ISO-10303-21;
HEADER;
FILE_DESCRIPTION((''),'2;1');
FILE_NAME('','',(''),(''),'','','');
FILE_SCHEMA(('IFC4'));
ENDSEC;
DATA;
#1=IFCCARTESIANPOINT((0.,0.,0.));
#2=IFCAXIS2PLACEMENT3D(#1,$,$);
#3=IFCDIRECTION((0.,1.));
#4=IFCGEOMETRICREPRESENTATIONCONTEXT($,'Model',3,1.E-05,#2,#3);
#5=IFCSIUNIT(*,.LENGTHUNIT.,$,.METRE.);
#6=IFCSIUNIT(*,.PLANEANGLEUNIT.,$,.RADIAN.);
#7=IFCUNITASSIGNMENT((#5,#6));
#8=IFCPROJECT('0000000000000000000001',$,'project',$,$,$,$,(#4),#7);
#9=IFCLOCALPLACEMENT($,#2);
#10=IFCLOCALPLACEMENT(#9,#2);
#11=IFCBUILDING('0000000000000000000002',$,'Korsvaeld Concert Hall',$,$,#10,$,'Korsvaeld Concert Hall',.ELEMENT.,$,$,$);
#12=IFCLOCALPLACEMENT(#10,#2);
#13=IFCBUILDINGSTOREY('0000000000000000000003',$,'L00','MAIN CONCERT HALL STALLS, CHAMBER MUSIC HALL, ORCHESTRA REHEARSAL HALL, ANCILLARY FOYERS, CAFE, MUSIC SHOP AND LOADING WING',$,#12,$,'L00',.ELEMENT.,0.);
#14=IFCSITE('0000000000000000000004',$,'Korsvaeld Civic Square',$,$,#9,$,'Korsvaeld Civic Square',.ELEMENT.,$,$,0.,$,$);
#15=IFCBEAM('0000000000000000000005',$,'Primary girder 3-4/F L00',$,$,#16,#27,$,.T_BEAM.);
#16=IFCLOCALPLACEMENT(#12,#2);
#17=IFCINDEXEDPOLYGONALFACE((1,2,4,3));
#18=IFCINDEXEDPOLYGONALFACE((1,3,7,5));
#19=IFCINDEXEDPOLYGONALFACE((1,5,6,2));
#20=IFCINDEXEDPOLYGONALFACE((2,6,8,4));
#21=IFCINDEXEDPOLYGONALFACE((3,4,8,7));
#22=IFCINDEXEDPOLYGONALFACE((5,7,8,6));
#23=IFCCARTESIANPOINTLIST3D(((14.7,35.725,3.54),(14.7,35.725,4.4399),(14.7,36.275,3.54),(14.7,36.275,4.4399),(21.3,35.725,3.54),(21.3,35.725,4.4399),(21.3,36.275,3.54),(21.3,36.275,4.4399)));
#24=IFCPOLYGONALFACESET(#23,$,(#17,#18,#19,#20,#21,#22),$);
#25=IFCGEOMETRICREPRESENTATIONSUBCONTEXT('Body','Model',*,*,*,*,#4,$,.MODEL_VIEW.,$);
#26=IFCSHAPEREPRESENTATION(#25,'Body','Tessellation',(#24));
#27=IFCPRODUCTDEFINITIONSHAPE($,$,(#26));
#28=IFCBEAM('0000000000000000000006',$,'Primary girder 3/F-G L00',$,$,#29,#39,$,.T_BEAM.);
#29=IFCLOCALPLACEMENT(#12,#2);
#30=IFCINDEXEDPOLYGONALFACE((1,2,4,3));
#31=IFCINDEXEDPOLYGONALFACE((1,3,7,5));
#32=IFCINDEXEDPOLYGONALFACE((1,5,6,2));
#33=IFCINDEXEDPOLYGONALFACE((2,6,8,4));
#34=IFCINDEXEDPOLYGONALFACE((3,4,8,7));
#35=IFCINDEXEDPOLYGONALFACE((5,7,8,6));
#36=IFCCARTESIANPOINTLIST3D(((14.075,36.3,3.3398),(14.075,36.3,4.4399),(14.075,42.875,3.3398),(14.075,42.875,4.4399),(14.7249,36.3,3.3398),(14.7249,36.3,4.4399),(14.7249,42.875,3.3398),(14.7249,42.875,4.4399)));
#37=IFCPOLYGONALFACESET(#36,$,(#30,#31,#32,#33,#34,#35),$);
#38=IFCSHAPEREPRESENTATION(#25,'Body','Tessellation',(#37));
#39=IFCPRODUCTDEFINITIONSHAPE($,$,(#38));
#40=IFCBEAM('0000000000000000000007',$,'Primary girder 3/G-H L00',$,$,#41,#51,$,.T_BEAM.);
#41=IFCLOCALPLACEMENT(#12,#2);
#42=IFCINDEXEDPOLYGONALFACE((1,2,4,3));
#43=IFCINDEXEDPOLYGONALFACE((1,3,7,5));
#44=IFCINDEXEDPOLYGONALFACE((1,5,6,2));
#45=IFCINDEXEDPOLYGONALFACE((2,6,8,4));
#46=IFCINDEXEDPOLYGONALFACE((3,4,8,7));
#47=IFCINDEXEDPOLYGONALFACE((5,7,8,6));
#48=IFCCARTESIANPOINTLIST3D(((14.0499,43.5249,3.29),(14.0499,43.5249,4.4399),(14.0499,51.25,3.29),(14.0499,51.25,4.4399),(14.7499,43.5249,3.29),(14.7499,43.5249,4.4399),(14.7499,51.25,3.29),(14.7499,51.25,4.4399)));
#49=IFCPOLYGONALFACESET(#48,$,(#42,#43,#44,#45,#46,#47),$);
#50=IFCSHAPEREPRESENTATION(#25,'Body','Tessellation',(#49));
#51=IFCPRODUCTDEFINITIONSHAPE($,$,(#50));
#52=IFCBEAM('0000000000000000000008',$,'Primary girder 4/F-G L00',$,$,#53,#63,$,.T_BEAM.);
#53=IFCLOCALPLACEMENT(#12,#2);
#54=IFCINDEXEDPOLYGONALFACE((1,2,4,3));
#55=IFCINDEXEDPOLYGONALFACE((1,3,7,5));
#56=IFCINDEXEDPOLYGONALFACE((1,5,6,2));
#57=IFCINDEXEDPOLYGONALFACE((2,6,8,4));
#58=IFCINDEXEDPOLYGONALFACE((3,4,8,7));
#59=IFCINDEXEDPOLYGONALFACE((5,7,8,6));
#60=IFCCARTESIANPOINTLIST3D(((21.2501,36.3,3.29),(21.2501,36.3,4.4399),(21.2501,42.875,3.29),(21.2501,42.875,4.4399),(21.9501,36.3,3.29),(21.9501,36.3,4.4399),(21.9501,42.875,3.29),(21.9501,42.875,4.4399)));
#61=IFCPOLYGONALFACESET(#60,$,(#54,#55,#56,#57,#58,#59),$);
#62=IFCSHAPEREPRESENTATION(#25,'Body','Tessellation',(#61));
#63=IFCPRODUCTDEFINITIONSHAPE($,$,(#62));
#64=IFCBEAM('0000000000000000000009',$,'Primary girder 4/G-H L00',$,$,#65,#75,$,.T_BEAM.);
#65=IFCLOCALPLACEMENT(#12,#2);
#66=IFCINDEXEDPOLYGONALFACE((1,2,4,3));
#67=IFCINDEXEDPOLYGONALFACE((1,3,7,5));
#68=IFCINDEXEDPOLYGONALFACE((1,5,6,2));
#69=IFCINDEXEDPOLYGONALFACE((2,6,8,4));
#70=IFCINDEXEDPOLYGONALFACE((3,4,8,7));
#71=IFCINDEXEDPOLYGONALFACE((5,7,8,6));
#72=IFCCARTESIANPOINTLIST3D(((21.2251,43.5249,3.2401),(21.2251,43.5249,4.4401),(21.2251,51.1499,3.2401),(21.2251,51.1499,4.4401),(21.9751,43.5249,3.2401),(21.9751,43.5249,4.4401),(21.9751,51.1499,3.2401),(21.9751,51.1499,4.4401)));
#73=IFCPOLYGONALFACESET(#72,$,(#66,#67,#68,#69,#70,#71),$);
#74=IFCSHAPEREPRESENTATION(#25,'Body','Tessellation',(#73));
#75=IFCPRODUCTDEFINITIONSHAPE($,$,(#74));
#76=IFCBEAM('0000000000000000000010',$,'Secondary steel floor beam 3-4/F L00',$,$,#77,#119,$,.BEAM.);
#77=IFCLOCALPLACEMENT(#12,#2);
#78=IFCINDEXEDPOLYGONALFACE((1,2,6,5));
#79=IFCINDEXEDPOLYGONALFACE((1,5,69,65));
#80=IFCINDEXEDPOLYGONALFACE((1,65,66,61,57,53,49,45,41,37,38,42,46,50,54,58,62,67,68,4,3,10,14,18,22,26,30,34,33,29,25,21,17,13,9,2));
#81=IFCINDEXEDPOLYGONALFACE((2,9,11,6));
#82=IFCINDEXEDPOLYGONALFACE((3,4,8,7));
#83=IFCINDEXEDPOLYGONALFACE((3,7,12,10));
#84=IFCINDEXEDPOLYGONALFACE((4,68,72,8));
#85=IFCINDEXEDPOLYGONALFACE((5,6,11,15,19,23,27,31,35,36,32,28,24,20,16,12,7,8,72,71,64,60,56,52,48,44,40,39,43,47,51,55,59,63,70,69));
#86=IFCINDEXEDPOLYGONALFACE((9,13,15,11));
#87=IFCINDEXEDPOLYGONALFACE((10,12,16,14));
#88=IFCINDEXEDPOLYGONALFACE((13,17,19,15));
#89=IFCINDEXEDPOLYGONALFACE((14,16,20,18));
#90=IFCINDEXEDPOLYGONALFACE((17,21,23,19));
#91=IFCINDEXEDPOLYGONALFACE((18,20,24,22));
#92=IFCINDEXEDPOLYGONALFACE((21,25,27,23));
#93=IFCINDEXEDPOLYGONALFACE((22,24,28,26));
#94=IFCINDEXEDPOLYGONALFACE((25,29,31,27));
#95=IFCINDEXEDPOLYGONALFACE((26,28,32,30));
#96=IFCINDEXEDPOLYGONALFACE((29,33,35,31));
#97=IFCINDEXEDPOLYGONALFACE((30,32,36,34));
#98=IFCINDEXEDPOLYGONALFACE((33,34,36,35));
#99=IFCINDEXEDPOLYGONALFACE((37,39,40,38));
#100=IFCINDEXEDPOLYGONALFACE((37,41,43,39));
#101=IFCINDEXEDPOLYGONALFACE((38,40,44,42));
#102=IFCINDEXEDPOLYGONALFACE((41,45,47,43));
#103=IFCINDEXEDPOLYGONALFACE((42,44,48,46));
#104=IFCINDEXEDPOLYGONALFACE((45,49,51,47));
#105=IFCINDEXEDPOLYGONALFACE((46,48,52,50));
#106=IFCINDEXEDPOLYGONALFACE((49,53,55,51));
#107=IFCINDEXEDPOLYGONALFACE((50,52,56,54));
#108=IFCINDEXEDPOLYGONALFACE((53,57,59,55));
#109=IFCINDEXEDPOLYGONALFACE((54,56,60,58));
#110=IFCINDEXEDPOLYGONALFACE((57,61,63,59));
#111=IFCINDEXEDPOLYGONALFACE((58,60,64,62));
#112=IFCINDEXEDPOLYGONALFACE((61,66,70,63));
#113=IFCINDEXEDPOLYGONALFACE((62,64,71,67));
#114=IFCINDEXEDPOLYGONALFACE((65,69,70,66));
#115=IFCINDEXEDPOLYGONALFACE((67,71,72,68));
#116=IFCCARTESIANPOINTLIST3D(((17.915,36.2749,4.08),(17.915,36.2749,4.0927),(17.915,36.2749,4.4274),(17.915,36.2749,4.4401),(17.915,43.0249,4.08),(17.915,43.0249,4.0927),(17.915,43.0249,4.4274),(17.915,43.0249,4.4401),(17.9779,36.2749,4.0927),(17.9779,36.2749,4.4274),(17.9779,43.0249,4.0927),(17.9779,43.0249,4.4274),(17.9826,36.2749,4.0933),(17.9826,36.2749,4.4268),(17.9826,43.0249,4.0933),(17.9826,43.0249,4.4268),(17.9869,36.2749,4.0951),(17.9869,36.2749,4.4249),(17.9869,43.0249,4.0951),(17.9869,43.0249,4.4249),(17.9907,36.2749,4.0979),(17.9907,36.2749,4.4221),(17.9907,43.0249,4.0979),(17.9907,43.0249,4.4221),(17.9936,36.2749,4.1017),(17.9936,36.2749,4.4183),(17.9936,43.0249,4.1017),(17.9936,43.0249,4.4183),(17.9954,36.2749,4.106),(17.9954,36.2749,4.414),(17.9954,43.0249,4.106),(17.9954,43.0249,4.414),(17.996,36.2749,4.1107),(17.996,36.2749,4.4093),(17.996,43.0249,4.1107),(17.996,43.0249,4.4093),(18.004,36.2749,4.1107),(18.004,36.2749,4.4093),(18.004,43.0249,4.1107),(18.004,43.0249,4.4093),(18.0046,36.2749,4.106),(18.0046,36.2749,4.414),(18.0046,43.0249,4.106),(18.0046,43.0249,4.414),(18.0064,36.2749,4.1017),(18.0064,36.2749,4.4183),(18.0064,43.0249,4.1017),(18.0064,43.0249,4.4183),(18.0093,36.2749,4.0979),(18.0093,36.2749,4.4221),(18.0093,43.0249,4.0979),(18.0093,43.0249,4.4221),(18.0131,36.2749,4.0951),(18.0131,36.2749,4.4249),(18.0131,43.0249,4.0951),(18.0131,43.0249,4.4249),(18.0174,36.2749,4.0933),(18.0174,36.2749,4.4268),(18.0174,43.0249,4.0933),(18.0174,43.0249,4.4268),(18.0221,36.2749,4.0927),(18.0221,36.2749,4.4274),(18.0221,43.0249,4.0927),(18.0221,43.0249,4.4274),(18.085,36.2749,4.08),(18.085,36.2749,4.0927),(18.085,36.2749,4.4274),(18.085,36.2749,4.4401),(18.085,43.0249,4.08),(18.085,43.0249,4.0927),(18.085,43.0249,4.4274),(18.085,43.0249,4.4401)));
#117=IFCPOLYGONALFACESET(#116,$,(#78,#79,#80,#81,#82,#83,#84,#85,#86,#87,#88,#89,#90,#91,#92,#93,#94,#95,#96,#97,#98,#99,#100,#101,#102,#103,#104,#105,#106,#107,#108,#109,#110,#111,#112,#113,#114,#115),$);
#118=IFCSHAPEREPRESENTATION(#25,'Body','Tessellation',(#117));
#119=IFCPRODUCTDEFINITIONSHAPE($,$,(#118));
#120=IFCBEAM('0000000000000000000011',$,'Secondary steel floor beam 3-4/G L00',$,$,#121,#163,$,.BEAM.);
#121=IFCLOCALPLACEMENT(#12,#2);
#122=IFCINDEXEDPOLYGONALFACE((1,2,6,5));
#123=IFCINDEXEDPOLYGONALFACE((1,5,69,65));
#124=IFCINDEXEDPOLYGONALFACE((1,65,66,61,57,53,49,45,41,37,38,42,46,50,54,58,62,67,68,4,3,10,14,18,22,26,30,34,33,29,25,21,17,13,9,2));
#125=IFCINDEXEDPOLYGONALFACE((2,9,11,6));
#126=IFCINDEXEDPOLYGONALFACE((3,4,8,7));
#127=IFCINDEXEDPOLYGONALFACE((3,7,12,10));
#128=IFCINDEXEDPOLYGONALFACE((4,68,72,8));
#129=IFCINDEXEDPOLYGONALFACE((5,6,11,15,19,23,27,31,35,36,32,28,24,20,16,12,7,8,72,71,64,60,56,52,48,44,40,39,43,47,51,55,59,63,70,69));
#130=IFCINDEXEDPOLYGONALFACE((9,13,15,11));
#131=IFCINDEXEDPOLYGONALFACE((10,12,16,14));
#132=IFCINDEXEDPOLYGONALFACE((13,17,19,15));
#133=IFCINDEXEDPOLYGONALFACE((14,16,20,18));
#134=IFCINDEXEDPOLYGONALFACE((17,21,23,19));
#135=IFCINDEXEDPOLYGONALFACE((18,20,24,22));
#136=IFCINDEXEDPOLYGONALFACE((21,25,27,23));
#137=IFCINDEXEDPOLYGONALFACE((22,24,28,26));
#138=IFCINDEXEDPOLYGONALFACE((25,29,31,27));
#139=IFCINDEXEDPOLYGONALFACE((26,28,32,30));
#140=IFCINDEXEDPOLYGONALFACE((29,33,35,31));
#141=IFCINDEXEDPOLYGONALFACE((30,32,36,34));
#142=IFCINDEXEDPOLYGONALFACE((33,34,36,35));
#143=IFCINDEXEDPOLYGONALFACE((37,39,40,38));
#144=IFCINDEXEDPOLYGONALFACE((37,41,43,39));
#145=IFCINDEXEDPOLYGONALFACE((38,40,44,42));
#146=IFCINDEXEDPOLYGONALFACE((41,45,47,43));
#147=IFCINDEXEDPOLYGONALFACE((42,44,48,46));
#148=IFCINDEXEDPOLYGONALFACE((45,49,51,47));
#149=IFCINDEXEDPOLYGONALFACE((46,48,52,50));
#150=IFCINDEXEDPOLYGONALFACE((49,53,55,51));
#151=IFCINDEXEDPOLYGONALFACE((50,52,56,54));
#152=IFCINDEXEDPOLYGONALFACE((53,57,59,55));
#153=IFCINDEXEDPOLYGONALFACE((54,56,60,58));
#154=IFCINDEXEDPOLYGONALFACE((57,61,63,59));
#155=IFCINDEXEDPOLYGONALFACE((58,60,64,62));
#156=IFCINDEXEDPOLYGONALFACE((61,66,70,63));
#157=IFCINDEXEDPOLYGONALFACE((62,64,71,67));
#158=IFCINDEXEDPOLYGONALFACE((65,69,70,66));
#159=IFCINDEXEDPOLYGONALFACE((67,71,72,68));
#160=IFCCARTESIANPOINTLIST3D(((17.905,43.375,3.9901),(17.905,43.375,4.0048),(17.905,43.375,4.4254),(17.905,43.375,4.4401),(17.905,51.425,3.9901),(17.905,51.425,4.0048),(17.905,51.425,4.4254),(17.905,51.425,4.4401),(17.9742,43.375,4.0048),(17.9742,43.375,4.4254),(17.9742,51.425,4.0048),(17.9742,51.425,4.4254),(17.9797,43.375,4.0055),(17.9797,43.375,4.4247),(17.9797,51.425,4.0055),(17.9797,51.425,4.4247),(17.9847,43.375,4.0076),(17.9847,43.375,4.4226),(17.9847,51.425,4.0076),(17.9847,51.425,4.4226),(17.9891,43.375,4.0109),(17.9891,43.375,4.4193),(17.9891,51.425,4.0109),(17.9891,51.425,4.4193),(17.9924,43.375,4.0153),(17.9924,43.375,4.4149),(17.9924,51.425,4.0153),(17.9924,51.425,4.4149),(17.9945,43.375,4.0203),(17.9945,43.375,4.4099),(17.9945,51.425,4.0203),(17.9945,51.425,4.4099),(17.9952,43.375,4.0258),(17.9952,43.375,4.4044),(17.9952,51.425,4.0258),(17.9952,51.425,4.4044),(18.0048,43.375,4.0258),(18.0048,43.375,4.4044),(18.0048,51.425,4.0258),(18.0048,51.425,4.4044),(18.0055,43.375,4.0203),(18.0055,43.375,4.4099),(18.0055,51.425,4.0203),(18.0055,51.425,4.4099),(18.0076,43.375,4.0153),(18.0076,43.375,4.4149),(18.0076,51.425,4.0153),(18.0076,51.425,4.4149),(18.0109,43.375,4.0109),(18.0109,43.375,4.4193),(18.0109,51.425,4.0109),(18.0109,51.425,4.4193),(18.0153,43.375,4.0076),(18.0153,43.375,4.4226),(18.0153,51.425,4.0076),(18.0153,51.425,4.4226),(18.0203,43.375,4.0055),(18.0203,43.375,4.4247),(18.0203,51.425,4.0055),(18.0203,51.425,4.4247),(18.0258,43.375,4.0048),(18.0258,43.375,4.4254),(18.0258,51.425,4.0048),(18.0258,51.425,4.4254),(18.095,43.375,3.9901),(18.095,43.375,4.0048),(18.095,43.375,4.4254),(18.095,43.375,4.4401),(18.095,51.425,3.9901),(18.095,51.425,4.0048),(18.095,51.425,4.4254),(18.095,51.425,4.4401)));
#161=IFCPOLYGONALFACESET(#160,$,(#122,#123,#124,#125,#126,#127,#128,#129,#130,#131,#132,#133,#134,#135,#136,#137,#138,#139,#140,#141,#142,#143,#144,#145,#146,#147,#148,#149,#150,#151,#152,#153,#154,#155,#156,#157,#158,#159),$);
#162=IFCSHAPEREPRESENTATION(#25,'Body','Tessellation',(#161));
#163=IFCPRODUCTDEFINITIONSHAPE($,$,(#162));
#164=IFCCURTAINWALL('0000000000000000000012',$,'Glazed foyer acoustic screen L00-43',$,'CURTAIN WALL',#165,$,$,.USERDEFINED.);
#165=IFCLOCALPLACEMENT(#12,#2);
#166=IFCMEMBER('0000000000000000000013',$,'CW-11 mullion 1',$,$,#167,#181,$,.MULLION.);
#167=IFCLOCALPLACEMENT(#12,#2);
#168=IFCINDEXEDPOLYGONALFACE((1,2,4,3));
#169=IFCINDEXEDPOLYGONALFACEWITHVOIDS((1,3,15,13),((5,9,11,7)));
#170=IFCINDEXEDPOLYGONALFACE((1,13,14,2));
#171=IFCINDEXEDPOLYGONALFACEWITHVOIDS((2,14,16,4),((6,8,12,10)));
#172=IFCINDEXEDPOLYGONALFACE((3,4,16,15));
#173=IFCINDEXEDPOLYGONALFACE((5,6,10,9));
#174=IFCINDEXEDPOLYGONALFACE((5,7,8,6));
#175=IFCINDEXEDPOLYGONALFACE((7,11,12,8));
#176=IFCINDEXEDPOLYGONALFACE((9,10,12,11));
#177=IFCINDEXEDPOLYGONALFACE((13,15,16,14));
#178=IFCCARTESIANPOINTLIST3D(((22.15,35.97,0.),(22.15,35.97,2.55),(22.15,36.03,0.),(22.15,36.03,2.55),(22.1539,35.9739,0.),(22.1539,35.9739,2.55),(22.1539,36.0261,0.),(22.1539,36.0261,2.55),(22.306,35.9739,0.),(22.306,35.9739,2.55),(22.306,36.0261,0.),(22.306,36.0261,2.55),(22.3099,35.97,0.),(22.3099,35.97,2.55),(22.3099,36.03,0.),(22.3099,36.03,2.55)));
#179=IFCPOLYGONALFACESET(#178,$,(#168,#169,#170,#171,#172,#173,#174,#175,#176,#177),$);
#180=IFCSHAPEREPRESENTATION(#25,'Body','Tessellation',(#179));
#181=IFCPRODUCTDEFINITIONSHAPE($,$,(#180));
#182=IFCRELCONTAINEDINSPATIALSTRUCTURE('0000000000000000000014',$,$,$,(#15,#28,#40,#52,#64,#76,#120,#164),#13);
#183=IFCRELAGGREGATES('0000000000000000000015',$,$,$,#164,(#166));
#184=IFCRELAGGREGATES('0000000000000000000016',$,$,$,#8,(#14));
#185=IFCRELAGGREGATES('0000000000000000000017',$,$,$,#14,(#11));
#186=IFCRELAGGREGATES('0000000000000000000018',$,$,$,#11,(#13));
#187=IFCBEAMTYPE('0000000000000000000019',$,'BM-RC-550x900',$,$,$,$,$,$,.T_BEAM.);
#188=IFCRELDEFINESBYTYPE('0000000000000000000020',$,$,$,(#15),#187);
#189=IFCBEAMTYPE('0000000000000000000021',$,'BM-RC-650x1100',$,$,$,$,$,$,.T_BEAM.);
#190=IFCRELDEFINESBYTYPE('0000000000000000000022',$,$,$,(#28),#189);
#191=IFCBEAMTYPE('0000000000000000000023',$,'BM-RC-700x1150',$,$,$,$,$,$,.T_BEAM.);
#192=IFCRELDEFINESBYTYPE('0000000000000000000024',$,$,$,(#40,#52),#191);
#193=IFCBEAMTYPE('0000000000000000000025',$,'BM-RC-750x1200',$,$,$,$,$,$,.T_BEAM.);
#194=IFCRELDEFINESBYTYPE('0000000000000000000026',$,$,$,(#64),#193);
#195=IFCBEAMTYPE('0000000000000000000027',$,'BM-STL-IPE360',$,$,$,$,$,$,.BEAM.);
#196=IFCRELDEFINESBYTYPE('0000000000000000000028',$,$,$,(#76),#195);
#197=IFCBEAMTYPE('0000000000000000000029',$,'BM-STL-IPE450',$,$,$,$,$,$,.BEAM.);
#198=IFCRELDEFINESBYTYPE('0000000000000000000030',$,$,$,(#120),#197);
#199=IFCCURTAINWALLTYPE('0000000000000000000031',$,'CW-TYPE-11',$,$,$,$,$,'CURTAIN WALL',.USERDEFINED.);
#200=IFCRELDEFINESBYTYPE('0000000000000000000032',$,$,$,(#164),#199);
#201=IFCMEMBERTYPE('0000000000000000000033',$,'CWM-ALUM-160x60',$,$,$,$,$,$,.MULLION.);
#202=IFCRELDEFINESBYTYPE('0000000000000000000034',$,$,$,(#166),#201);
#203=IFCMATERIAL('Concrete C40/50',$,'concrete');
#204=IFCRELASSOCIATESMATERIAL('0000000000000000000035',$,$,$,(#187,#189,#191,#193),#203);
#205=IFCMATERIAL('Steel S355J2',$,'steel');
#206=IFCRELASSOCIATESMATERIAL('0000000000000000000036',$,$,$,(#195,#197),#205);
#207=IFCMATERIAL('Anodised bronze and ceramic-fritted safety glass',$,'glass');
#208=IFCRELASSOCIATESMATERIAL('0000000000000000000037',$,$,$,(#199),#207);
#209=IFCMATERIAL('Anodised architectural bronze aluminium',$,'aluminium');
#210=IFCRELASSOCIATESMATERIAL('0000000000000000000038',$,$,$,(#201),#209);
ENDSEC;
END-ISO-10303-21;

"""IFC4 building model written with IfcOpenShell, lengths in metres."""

from ifc_helpers import new_model, si_unit, direction, frame, origin, origin_2d, place, context, subcontext, project, spatial, rectangle, hollow_rectangle, i_section, extrude, material, material_profile, profile_set, type_object, element, aggregate, save


model = new_model("IFC4")

# Units and contexts
model_context = context("Model", 3, precision=1e-05, world=origin(), true_north=direction((0.0, 1.0)))
body_context = subcontext(model_context, "Body", "Model", "MODEL_VIEW")
ifc_project = project(units=[si_unit("LENGTHUNIT", "METRE"), si_unit("PLANEANGLEUNIT", "RADIAN")], contexts=[model_context])

# Site, building, storey
site_placement = place(None, origin())
site = spatial("IfcSite", under=ifc_project, at=site_placement, Name="Korsvaeld Civic Square", LongName="Korsvaeld Civic Square", CompositionType="ELEMENT", RefElevation=0.0)
building_placement = place(site_placement, origin())
building = spatial("IfcBuilding", under=site, at=building_placement, Name="Korsvaeld Concert Hall", LongName="Korsvaeld Concert Hall", CompositionType="ELEMENT")
storey_placement = place(building_placement, origin())
storey = spatial("IfcBuildingStorey", under=building, at=storey_placement, Name="L00", Description="MAIN CONCERT HALL STALLS, CHAMBER MUSIC HALL, ORCHESTRA REHEARSAL HALL, ANCILLARY FOYERS, CAFE, MUSIC SHOP AND LOADING WING", LongName="L00", CompositionType="ELEMENT", Elevation=0.0)

# Shared definitions
ifc_material_1 = material(Name="Concrete C40/50", Category="concrete")

# Beams
ifc_material_profile_1 = material_profile(ifc_material_1, rectangle(XDim=0.55, YDim=0.8999, at=origin_2d()), Name="RC 550x900")
ifc_profile_set_1 = profile_set([ifc_material_profile_1], Name="Concrete C40/50")
beam_type_1 = type_object("IfcBeamType", Name="BM-RC-550x900", PredefinedType="T_BEAM", material=ifc_profile_set_1)
beam_1_placement = place(storey_placement, frame((14.7, 36.0, 3.99), z_axis=(1.0, 0.0, 0.0), x_axis=(0.0, 1.0, 0.0)))
element("IfcBeam", 1, at=beam_1_placement, inside=storey, type_object=beam_type_1, Name="Primary girder 3-4/F L00", PredefinedType="T_BEAM", context=body_context, shape_type="SweptSolid", body=[
    extrude(rectangle(XDim=0.55, YDim=0.8999, at=origin_2d()), origin(), (0.0, 0.0, 1.0), 6.6001),
])
ifc_material_profile_2 = material_profile(ifc_material_1, rectangle(XDim=0.6499, YDim=1.1001, at=origin_2d()), Name="RC 650x1100")
ifc_profile_set_2 = profile_set([ifc_material_profile_2], Name="Concrete C40/50")
beam_type_2 = type_object("IfcBeamType", Name="BM-RC-650x1100", PredefinedType="T_BEAM", material=ifc_profile_set_2)
beam_2_placement = place(storey_placement, frame((14.3999, 36.3, 3.8899), z_axis=(0.0, 1.0, 0.0), x_axis=(-1.0, 0.0, 0.0)))
element("IfcBeam", 2, at=beam_2_placement, inside=storey, type_object=beam_type_2, Name="Primary girder 3/F-G L00", PredefinedType="T_BEAM", context=body_context, shape_type="SweptSolid", body=[
    extrude(rectangle(XDim=0.6499, YDim=1.1001, at=origin_2d()), origin(), (0.0, 0.0, 1.0), 6.575),
])
ifc_material_profile_3 = material_profile(ifc_material_1, rectangle(XDim=0.7, YDim=1.1499, at=origin_2d()), Name="RC 700x1150")
ifc_profile_set_3 = profile_set([ifc_material_profile_3], Name="Concrete C40/50")
beam_type_3 = type_object("IfcBeamType", Name="BM-RC-700x1150", PredefinedType="T_BEAM", material=ifc_profile_set_3)
beam_3_placement = place(storey_placement, frame((14.3999, 43.5249, 3.865), z_axis=(0.0, 1.0, 0.0), x_axis=(-1.0, 0.0, 0.0)))
element("IfcBeam", 3, at=beam_3_placement, inside=storey, type_object=beam_type_3, Name="Primary girder 3/G-H L00", PredefinedType="T_BEAM", context=body_context, shape_type="SweptSolid", body=[
    extrude(rectangle(XDim=0.7, YDim=1.1499, at=origin_2d()), origin(), (0.0, 0.0, 1.0), 7.7251),
])
beam_4_placement = place(storey_placement, frame((21.6001, 36.3, 3.865), z_axis=(0.0, 1.0, 0.0), x_axis=(-1.0, 0.0, 0.0)))
element("IfcBeam", 4, at=beam_4_placement, inside=storey, type_object=beam_type_3, Name="Primary girder 4/F-G L00", PredefinedType="T_BEAM", context=body_context, shape_type="SweptSolid", body=[
    extrude(rectangle(XDim=0.7, YDim=1.1499, at=origin_2d()), origin(), (0.0, 0.0, 1.0), 6.575),
])
ifc_material_profile_4 = material_profile(ifc_material_1, rectangle(XDim=0.75, YDim=1.2, at=origin_2d()), Name="RC 750x1200")
ifc_profile_set_4 = profile_set([ifc_material_profile_4], Name="Concrete C40/50")
beam_type_4 = type_object("IfcBeamType", Name="BM-RC-750x1200", PredefinedType="T_BEAM", material=ifc_profile_set_4)
beam_5_placement = place(storey_placement, frame((21.6001, 43.5249, 3.8401), z_axis=(0.0, 1.0, 0.0), x_axis=(-1.0, 0.0, 0.0)))
element("IfcBeam", 5, at=beam_5_placement, inside=storey, type_object=beam_type_4, Name="Primary girder 4/G-H L00", PredefinedType="T_BEAM", context=body_context, shape_type="SweptSolid", body=[
    extrude(rectangle(XDim=0.75, YDim=1.2, at=origin_2d()), origin(), (0.0, 0.0, 1.0), 7.625),
])
ifc_material_2 = material(Name="Steel S355J2", Category="steel")
ifc_material_profile_5 = material_profile(ifc_material_2, i_section(OverallWidth=0.1699, OverallDepth=0.3601, WebThickness=0.0081, FlangeThickness=0.0127, FilletRadius=0.0181, at=origin_2d()), Name="IPE 360")
ifc_profile_set_5 = profile_set([ifc_material_profile_5], Name="Steel S355J2")
beam_type_5 = type_object("IfcBeamType", Name="BM-STL-IPE360", PredefinedType="BEAM", material=ifc_profile_set_5)
beam_6_placement = place(storey_placement, frame((18.0, 36.2749, 4.26), z_axis=(0.0, 1.0, 0.0), x_axis=(-1.0, 0.0, 0.0)))
element("IfcBeam", 6, at=beam_6_placement, inside=storey, type_object=beam_type_5, Name="Secondary steel floor beam 3-4/F L00", PredefinedType="BEAM", context=body_context, shape_type="SweptSolid", body=[
    extrude(i_section(OverallWidth=0.1699, OverallDepth=0.3601, WebThickness=0.0081, FlangeThickness=0.0127, FilletRadius=0.0181, at=origin_2d()), origin(), (0.0, 0.0, 1.0), 6.75),
])
ifc_material_profile_6 = material_profile(ifc_material_2, i_section(OverallWidth=0.1899, OverallDepth=0.45, WebThickness=0.0095, FlangeThickness=0.0146, FilletRadius=0.021, at=origin_2d()), Name="IPE 450")
ifc_profile_set_6 = profile_set([ifc_material_profile_6], Name="Steel S355J2")
beam_type_6 = type_object("IfcBeamType", Name="BM-STL-IPE450", PredefinedType="BEAM", material=ifc_profile_set_6)
beam_7_placement = place(storey_placement, frame((18.0, 43.375, 4.2151), z_axis=(0.0, 1.0, 0.0), x_axis=(-1.0, 0.0, 0.0)))
element("IfcBeam", 7, at=beam_7_placement, inside=storey, type_object=beam_type_6, Name="Secondary steel floor beam 3-4/G L00", PredefinedType="BEAM", context=body_context, shape_type="SweptSolid", body=[
    extrude(i_section(OverallWidth=0.1899, OverallDepth=0.45, WebThickness=0.0095, FlangeThickness=0.0146, FilletRadius=0.021, at=origin_2d()), origin(), (0.0, 0.0, 1.0), 8.05),
])

# Curtain wall, member
ifc_material_3 = material(Name="Anodised bronze and ceramic-fritted safety glass", Category="glass")
curtain_wall_type = type_object("IfcCurtainWallType", Name="CW-TYPE-11", ElementType="CURTAIN WALL", PredefinedType="USERDEFINED", material=ifc_material_3)
curtain_wall_placement = place(storey_placement, origin())
curtain_wall = element("IfcCurtainWall", 8, at=curtain_wall_placement, inside=storey, type_object=curtain_wall_type, Name="Glazed foyer acoustic screen L00-43", ObjectType="CURTAIN WALL", PredefinedType="USERDEFINED")
ifc_material_4 = material(Name="Anodised architectural bronze aluminium", Category="aluminium")
ifc_material_profile_7 = material_profile(ifc_material_4, hollow_rectangle(XDim=0.0601, YDim=0.1599, WallThickness=0.0039, at=origin_2d()), Name="CWM 160x60x4")
ifc_profile_set_7 = profile_set([ifc_material_profile_7], Name="Anodised architectural bronze aluminium")
member_type_1 = type_object("IfcMemberType", Name="CWM-ALUM-160x60", PredefinedType="MULLION", material=ifc_profile_set_7)
member_1_placement = place(storey_placement, frame((22.23, 36.0, 0.0), z_axis=(0.0, 0.0, 1.0), x_axis=(0.0, 1.0, 0.0)))
member_1 = element("IfcMember", 9, at=member_1_placement, type_object=member_type_1, Name="CW-11 mullion 1", PredefinedType="MULLION", context=body_context, shape_type="SweptSolid", body=[
    extrude(hollow_rectangle(XDim=0.0601, YDim=0.1599, WallThickness=0.0039, at=origin_2d()), origin(), (0.0, 0.0, 1.0), 2.55),
])
aggregate(curtain_wall, [member_1])

save(model, "model.ifc")
